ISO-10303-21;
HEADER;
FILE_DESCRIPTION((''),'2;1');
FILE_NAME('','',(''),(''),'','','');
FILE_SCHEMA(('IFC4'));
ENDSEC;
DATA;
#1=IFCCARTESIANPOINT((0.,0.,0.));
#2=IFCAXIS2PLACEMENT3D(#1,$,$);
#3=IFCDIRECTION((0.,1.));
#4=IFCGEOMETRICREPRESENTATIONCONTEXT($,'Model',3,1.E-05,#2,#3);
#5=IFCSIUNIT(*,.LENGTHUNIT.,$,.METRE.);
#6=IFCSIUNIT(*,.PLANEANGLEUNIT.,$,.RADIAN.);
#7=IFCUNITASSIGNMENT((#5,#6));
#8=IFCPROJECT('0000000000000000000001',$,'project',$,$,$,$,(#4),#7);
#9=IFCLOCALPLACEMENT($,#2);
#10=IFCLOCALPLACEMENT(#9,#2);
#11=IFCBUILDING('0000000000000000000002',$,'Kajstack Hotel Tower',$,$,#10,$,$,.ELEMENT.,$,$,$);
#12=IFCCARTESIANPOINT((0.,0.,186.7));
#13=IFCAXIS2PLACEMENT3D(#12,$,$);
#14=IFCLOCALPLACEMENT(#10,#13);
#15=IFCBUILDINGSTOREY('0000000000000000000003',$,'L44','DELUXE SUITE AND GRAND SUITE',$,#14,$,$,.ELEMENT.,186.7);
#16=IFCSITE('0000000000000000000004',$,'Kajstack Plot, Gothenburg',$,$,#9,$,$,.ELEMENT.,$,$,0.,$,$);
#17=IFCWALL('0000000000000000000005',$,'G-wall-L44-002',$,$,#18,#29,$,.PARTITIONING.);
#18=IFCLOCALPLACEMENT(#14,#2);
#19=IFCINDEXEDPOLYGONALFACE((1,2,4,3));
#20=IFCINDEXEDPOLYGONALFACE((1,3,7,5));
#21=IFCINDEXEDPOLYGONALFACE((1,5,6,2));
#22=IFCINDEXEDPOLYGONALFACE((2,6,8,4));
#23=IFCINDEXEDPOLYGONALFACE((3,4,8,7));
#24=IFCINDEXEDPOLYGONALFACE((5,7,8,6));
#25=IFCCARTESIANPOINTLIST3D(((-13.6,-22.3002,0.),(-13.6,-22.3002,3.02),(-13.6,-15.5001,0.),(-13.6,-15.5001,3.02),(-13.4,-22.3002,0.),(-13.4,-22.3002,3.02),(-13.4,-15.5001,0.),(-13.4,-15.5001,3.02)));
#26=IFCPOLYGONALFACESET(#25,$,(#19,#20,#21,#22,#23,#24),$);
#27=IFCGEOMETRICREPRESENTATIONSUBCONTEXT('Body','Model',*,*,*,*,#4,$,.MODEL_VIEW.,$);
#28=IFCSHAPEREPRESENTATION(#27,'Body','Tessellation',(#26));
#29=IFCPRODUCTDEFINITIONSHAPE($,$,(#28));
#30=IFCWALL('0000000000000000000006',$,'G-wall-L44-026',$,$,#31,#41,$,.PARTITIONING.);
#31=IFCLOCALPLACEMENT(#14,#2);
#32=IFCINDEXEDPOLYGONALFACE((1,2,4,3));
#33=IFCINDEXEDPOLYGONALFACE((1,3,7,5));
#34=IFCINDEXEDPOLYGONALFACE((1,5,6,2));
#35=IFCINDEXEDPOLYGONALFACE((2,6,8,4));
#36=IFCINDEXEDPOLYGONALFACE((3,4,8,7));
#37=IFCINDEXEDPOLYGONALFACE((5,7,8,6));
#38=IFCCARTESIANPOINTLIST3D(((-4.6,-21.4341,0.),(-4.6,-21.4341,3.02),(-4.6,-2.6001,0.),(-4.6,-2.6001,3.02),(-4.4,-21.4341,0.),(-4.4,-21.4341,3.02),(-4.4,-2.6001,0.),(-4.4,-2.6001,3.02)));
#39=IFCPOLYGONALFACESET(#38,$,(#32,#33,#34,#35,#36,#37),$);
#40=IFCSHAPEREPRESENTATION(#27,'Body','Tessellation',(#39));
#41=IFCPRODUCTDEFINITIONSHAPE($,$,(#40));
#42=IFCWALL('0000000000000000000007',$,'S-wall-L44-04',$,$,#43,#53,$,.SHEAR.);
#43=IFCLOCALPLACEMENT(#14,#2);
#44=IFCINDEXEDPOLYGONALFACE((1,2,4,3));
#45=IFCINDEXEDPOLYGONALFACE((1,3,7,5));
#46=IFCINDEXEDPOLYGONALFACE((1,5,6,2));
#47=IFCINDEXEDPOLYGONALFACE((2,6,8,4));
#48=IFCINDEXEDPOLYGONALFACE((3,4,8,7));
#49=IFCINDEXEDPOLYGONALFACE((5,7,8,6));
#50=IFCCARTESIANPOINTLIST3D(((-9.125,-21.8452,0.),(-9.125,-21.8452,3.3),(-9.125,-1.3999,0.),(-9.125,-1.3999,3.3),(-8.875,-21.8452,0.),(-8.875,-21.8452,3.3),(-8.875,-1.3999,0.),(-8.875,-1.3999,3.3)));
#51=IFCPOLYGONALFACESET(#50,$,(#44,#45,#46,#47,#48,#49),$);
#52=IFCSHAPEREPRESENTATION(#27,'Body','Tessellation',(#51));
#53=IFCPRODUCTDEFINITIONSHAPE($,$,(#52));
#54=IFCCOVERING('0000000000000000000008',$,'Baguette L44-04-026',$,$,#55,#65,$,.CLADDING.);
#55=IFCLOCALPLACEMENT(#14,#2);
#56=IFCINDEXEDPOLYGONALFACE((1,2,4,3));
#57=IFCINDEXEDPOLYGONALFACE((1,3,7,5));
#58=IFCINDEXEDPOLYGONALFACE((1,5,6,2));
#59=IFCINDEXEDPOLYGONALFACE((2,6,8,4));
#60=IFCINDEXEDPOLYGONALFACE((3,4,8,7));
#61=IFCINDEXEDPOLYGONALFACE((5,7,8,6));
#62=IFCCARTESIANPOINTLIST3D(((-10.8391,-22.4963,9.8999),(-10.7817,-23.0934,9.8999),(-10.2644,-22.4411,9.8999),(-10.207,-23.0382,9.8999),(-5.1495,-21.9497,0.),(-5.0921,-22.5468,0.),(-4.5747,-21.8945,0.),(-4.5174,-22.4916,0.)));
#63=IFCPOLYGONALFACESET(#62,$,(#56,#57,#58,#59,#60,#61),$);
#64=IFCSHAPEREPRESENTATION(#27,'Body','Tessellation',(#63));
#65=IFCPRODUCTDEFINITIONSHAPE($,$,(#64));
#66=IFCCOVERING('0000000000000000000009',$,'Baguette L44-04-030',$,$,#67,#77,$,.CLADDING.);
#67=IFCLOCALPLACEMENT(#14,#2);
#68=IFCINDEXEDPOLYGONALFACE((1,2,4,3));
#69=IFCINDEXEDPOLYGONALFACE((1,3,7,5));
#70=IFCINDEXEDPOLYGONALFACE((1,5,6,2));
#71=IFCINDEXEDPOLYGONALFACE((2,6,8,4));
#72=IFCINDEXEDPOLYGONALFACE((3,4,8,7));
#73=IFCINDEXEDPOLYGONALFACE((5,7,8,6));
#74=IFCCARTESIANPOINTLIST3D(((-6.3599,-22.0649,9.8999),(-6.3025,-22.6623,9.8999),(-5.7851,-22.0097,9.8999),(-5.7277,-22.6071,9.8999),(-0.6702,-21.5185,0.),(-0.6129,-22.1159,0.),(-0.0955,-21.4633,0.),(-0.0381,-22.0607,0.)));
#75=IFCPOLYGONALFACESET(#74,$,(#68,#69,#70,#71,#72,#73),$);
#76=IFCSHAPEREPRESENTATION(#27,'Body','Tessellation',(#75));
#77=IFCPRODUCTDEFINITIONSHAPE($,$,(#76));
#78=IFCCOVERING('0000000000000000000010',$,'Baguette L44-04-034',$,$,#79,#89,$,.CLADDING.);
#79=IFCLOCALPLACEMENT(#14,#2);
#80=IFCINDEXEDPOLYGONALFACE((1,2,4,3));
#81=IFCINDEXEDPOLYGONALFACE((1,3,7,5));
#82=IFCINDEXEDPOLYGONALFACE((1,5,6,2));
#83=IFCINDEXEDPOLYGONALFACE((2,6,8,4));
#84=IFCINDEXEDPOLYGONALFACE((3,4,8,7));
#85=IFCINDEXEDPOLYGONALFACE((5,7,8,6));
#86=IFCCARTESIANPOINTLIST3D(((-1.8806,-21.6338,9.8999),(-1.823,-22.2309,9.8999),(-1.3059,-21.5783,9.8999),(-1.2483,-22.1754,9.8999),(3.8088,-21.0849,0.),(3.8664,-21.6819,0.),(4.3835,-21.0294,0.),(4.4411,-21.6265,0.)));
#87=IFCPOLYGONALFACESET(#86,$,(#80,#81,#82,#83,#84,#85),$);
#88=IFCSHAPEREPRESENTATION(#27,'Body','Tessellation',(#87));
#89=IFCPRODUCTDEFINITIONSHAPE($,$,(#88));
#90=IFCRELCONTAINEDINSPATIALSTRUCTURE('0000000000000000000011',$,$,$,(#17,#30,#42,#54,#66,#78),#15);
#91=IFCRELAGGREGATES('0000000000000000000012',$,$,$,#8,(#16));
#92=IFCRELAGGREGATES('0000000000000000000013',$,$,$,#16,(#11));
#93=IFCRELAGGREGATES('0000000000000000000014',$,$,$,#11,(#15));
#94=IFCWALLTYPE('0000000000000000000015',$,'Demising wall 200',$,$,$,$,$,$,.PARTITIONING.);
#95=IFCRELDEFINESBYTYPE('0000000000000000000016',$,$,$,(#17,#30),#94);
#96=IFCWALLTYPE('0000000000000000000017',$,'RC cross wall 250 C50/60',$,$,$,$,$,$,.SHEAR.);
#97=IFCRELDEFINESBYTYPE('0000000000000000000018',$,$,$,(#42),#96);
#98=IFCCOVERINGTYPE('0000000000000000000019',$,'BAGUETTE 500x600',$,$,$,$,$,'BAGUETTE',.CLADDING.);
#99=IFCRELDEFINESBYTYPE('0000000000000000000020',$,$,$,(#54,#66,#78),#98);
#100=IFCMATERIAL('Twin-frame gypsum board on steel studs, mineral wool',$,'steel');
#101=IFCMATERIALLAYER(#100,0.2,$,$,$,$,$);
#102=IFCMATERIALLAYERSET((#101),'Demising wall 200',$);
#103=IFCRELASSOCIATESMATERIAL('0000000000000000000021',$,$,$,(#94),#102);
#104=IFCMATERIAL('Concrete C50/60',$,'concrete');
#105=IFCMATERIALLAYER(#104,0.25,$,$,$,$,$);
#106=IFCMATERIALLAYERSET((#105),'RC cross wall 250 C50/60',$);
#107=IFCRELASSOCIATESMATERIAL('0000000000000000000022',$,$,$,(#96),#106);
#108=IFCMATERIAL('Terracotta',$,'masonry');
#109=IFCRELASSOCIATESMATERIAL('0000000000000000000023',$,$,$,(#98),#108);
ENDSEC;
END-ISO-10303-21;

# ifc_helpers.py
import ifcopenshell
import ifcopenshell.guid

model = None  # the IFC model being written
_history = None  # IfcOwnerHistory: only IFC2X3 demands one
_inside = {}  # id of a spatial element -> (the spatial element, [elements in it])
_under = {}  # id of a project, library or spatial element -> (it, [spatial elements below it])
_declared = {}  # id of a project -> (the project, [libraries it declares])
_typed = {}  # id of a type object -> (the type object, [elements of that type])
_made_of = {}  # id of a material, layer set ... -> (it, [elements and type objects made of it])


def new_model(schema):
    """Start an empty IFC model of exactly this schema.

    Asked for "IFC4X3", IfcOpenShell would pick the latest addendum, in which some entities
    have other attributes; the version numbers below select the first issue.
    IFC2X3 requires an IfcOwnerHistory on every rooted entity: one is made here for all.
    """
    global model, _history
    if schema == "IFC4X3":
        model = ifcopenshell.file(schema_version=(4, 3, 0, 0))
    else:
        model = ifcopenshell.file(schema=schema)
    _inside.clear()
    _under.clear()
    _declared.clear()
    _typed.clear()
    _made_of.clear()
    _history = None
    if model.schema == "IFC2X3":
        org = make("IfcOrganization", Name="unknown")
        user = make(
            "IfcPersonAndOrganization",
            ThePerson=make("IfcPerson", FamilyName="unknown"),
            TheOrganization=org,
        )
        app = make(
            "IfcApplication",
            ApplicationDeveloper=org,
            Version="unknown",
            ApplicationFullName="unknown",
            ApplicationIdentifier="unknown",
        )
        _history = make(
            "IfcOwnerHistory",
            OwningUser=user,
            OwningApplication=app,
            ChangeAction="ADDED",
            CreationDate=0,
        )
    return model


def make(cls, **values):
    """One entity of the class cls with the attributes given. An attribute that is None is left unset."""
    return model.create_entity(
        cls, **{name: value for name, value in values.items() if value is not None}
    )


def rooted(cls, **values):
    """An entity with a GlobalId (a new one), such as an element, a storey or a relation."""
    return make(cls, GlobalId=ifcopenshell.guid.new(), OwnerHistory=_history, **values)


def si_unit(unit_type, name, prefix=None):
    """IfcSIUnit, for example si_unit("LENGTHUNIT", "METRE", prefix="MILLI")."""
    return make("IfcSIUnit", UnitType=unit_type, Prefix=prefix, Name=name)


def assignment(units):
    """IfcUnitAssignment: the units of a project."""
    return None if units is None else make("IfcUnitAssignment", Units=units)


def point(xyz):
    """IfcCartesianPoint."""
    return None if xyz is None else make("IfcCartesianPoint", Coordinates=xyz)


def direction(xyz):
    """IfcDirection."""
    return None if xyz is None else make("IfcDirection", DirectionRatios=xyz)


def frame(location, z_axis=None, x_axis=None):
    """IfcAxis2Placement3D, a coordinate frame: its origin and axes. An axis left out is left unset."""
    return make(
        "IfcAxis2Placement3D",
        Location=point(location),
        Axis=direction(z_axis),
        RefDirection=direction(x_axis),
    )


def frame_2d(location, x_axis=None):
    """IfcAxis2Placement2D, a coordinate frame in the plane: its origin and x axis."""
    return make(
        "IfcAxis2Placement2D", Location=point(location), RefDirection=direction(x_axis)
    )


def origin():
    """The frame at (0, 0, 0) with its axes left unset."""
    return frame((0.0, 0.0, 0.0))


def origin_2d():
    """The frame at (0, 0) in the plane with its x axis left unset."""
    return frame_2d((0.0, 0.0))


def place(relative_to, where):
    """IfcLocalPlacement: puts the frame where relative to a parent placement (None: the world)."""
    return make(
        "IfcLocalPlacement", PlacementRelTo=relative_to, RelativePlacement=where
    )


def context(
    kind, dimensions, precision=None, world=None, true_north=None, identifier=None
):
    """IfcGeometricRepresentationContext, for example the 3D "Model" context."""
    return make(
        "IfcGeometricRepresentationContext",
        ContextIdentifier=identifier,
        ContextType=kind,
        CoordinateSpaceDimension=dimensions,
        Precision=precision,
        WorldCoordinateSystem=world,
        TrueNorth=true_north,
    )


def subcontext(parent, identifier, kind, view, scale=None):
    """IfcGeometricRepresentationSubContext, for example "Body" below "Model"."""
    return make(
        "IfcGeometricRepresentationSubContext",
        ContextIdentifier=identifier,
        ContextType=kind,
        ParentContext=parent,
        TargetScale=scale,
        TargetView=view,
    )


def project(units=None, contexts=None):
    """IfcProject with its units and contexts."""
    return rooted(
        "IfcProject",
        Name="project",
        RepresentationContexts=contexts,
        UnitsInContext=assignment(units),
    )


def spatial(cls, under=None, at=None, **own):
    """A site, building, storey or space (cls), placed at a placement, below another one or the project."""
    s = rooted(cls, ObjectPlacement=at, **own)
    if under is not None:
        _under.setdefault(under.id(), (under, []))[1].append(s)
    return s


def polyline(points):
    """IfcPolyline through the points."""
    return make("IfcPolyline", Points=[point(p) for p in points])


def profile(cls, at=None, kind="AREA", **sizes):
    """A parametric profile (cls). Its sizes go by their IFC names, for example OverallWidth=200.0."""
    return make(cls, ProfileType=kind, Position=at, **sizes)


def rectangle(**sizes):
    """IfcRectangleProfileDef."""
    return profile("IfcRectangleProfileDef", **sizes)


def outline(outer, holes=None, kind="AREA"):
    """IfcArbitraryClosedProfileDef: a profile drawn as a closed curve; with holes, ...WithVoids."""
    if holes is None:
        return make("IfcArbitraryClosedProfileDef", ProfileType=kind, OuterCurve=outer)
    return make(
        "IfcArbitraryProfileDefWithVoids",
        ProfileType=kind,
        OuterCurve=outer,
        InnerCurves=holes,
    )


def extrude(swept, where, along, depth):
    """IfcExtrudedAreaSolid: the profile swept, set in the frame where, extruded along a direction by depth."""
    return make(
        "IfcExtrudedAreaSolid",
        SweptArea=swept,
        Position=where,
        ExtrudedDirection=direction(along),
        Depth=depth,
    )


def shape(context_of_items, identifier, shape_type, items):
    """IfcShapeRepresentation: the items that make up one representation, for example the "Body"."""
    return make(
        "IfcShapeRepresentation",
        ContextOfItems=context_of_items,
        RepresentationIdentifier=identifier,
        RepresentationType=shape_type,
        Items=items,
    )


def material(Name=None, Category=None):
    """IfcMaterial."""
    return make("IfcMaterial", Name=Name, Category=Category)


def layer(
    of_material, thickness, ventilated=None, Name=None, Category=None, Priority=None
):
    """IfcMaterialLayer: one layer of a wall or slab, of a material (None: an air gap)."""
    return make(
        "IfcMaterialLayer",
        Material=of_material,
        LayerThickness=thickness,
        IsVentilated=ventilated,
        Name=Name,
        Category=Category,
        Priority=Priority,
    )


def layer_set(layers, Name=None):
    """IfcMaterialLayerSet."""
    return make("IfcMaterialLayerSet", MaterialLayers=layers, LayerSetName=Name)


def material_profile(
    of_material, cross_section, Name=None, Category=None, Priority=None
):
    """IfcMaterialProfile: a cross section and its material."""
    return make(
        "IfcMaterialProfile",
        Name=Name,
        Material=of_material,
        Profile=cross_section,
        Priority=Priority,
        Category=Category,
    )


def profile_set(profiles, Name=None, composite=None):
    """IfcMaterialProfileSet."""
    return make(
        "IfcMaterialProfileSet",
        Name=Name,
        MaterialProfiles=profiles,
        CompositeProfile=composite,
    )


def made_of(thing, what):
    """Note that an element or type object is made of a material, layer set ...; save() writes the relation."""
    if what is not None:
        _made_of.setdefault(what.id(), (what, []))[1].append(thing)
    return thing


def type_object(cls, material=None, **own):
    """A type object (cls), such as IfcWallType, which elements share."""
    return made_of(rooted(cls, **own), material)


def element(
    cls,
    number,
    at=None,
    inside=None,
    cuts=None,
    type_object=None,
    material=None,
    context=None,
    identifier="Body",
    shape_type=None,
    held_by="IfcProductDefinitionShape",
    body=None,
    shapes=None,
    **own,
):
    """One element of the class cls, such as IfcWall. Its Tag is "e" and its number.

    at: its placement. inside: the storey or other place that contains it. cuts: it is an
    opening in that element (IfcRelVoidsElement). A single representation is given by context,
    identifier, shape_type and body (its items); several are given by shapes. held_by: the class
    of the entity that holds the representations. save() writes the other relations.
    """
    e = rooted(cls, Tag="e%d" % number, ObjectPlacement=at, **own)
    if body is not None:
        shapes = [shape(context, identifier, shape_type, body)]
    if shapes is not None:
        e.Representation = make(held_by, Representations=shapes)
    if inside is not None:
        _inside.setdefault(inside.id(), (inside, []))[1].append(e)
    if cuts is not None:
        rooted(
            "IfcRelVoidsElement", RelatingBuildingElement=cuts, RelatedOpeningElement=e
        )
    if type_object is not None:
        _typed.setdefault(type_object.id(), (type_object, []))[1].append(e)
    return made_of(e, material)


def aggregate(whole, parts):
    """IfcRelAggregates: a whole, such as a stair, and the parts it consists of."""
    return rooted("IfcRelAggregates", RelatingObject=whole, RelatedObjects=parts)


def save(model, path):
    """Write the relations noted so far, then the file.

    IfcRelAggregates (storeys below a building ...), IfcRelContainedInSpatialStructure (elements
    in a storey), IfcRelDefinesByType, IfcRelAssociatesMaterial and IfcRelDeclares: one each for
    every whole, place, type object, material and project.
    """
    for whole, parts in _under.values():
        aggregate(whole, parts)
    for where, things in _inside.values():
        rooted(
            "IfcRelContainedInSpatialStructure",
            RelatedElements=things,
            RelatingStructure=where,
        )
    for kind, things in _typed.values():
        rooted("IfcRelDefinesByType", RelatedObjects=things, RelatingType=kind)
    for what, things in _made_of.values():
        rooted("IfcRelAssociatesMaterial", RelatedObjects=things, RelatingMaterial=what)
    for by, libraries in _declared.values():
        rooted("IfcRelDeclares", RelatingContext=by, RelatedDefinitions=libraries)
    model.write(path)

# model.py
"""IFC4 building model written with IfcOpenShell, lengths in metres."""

from ifc_helpers import new_model, si_unit, direction, frame, frame_2d, origin, origin_2d, place, context, subcontext, project, spatial, polyline, rectangle, outline, extrude, material, layer, layer_set, material_profile, profile_set, type_object, element, save


model = new_model("IFC4")

# Units and contexts
model_context = context("Model", 3, precision=1e-05, world=origin(), true_north=direction((0.0, 1.0)))
body_context = subcontext(model_context, "Body", "Model", "MODEL_VIEW")
ifc_project = project(units=[si_unit("LENGTHUNIT", "METRE"), si_unit("PLANEANGLEUNIT", "RADIAN")], contexts=[model_context])

# Site, building, storey
site_placement = place(None, origin())
site = spatial("IfcSite", under=ifc_project, at=site_placement, Name="Kajstack Plot, Gothenburg", CompositionType="ELEMENT", RefElevation=0.0)
building_placement = place(site_placement, origin())
building = spatial("IfcBuilding", under=site, at=building_placement, Name="Kajstack Hotel Tower", CompositionType="ELEMENT")
storey_placement = place(building_placement, frame((0.0, 0.0, 186.7)))
storey = spatial("IfcBuildingStorey", under=building, at=storey_placement, Name="L44", Description="DELUXE SUITE AND GRAND SUITE", CompositionType="ELEMENT", Elevation=186.7)

# Walls
ifc_material_1 = material(Name="Twin-frame gypsum board on steel studs, mineral wool", Category="steel")
ifc_layer_1 = layer(ifc_material_1, 0.2)
ifc_layer_set_1 = layer_set([ifc_layer_1], Name="Demising wall 200")
wall_type_1 = type_object("IfcWallType", Name="Demising wall 200", PredefinedType="PARTITIONING", material=ifc_layer_set_1)
wall_1_placement = place(storey_placement, frame((-13.5, -22.3, 0.0), z_axis=(0.0, 0.0, 1.0), x_axis=(0.0, 1.0, 0.0)))
element("IfcWall", 1, at=wall_1_placement, inside=storey, type_object=wall_type_1, Name="G-wall-L44-002", PredefinedType="PARTITIONING", context=body_context, shape_type="SweptSolid", body=[
    extrude(rectangle(XDim=6.8, YDim=0.2, at=frame_2d((3.3999, 0.0))), origin(), (0.0, 0.0, 1.0), 3.02),
])
wall_2_placement = place(storey_placement, frame((-4.5, -21.4341, 0.0), z_axis=(0.0, 0.0, 1.0), x_axis=(0.0, 1.0, 0.0)))
element("IfcWall", 2, at=wall_2_placement, inside=storey, type_object=wall_type_1, Name="G-wall-L44-026", PredefinedType="PARTITIONING", context=body_context, shape_type="SweptSolid", body=[
    extrude(rectangle(XDim=18.834, YDim=0.2, at=frame_2d((9.417, 0.0))), origin(), (0.0, 0.0, 1.0), 3.02),
])

# Wall
ifc_material_2 = material(Name="Concrete C50/60", Category="concrete")
ifc_layer_2 = layer(ifc_material_2, 0.25)
ifc_layer_set_2 = layer_set([ifc_layer_2], Name="RC cross wall 250 C50/60")
wall_type_2 = type_object("IfcWallType", Name="RC cross wall 250 C50/60", PredefinedType="SHEAR", material=ifc_layer_set_2)
wall_3_placement = place(storey_placement, frame((-9.0, -21.8452, 0.0), z_axis=(0.0, 0.0, 1.0), x_axis=(0.0, 1.0, 0.0)))
element("IfcWall", 3, at=wall_3_placement, inside=storey, type_object=wall_type_2, Name="S-wall-L44-04", PredefinedType="SHEAR", context=body_context, shape_type="SweptSolid", body=[
    extrude(rectangle(XDim=20.4453, YDim=0.25, at=frame_2d((10.2227, 0.0))), origin(), (0.0, 0.0, 1.0), 3.3),
])

# Coverings
ifc_material_3 = material(Name="Terracotta", Category="masonry")
ifc_material_profile = material_profile(ifc_material_3, rectangle(XDim=0.6001, YDim=0.5, at=origin_2d()), Name="Terracotta-clad concrete baguette 500 x 600")
ifc_profile_set = profile_set([ifc_material_profile], Name="Terracotta")
covering_type = type_object("IfcCoveringType", Name="BAGUETTE 500x600", ElementType="BAGUETTE", PredefinedType="CLADDING", material=ifc_profile_set)
covering_1_placement = place(storey_placement, frame((-10.8391, -22.4963, 0.0), z_axis=(0.095635, -0.995416, 0.0), x_axis=(0.995416, 0.095635, 0.0)))
element("IfcCovering", 4, at=covering_1_placement, inside=storey, type_object=covering_type, Name="Baguette L44-04-026", PredefinedType="CLADDING", context=body_context, shape_type="SweptSolid", body=[
    extrude(outline(polyline([(0.0, 9.8999), (5.7158, 0.0), (6.2932, 0.0), (0.5774, 9.8999), (0.0, 9.8999)])), origin(), (0.0, 0.0, 1.0), 0.5999),
])
covering_2_placement = place(storey_placement, frame((-6.3599, -22.0649, 0.0), z_axis=(0.095596, -0.99542, 0.0), x_axis=(0.99542, 0.095596, 0.0)))
element("IfcCovering", 5, at=covering_2_placement, inside=storey, type_object=covering_type, Name="Baguette L44-04-030", PredefinedType="CLADDING", context=body_context, shape_type="SweptSolid", body=[
    extrude(outline(polyline([(0.0, 9.8999), (5.7158, 0.0), (6.2932, 0.0), (0.5774, 9.8999), (0.0, 9.8999)])), origin(), (0.0, 0.0, 1.0), 0.6001),
])
covering_3_placement = place(storey_placement, frame((-1.8806, -21.6338, 0.0), z_axis=(0.096038, -0.995378, 0.0), x_axis=(0.995378, 0.096038, 0.0)))
element("IfcCovering", 6, at=covering_3_placement, inside=storey, type_object=covering_type, Name="Baguette L44-04-034", PredefinedType="CLADDING", context=body_context, shape_type="SweptSolid", body=[
    extrude(outline(polyline([(0.0, 9.8999), (5.7158, 0.0), (6.2932, 0.0), (0.5774, 9.8999), (0.0, 9.8999)])), origin(), (0.0, 0.0, 1.0), 0.5999),
])

save(model, "model.ifc")
